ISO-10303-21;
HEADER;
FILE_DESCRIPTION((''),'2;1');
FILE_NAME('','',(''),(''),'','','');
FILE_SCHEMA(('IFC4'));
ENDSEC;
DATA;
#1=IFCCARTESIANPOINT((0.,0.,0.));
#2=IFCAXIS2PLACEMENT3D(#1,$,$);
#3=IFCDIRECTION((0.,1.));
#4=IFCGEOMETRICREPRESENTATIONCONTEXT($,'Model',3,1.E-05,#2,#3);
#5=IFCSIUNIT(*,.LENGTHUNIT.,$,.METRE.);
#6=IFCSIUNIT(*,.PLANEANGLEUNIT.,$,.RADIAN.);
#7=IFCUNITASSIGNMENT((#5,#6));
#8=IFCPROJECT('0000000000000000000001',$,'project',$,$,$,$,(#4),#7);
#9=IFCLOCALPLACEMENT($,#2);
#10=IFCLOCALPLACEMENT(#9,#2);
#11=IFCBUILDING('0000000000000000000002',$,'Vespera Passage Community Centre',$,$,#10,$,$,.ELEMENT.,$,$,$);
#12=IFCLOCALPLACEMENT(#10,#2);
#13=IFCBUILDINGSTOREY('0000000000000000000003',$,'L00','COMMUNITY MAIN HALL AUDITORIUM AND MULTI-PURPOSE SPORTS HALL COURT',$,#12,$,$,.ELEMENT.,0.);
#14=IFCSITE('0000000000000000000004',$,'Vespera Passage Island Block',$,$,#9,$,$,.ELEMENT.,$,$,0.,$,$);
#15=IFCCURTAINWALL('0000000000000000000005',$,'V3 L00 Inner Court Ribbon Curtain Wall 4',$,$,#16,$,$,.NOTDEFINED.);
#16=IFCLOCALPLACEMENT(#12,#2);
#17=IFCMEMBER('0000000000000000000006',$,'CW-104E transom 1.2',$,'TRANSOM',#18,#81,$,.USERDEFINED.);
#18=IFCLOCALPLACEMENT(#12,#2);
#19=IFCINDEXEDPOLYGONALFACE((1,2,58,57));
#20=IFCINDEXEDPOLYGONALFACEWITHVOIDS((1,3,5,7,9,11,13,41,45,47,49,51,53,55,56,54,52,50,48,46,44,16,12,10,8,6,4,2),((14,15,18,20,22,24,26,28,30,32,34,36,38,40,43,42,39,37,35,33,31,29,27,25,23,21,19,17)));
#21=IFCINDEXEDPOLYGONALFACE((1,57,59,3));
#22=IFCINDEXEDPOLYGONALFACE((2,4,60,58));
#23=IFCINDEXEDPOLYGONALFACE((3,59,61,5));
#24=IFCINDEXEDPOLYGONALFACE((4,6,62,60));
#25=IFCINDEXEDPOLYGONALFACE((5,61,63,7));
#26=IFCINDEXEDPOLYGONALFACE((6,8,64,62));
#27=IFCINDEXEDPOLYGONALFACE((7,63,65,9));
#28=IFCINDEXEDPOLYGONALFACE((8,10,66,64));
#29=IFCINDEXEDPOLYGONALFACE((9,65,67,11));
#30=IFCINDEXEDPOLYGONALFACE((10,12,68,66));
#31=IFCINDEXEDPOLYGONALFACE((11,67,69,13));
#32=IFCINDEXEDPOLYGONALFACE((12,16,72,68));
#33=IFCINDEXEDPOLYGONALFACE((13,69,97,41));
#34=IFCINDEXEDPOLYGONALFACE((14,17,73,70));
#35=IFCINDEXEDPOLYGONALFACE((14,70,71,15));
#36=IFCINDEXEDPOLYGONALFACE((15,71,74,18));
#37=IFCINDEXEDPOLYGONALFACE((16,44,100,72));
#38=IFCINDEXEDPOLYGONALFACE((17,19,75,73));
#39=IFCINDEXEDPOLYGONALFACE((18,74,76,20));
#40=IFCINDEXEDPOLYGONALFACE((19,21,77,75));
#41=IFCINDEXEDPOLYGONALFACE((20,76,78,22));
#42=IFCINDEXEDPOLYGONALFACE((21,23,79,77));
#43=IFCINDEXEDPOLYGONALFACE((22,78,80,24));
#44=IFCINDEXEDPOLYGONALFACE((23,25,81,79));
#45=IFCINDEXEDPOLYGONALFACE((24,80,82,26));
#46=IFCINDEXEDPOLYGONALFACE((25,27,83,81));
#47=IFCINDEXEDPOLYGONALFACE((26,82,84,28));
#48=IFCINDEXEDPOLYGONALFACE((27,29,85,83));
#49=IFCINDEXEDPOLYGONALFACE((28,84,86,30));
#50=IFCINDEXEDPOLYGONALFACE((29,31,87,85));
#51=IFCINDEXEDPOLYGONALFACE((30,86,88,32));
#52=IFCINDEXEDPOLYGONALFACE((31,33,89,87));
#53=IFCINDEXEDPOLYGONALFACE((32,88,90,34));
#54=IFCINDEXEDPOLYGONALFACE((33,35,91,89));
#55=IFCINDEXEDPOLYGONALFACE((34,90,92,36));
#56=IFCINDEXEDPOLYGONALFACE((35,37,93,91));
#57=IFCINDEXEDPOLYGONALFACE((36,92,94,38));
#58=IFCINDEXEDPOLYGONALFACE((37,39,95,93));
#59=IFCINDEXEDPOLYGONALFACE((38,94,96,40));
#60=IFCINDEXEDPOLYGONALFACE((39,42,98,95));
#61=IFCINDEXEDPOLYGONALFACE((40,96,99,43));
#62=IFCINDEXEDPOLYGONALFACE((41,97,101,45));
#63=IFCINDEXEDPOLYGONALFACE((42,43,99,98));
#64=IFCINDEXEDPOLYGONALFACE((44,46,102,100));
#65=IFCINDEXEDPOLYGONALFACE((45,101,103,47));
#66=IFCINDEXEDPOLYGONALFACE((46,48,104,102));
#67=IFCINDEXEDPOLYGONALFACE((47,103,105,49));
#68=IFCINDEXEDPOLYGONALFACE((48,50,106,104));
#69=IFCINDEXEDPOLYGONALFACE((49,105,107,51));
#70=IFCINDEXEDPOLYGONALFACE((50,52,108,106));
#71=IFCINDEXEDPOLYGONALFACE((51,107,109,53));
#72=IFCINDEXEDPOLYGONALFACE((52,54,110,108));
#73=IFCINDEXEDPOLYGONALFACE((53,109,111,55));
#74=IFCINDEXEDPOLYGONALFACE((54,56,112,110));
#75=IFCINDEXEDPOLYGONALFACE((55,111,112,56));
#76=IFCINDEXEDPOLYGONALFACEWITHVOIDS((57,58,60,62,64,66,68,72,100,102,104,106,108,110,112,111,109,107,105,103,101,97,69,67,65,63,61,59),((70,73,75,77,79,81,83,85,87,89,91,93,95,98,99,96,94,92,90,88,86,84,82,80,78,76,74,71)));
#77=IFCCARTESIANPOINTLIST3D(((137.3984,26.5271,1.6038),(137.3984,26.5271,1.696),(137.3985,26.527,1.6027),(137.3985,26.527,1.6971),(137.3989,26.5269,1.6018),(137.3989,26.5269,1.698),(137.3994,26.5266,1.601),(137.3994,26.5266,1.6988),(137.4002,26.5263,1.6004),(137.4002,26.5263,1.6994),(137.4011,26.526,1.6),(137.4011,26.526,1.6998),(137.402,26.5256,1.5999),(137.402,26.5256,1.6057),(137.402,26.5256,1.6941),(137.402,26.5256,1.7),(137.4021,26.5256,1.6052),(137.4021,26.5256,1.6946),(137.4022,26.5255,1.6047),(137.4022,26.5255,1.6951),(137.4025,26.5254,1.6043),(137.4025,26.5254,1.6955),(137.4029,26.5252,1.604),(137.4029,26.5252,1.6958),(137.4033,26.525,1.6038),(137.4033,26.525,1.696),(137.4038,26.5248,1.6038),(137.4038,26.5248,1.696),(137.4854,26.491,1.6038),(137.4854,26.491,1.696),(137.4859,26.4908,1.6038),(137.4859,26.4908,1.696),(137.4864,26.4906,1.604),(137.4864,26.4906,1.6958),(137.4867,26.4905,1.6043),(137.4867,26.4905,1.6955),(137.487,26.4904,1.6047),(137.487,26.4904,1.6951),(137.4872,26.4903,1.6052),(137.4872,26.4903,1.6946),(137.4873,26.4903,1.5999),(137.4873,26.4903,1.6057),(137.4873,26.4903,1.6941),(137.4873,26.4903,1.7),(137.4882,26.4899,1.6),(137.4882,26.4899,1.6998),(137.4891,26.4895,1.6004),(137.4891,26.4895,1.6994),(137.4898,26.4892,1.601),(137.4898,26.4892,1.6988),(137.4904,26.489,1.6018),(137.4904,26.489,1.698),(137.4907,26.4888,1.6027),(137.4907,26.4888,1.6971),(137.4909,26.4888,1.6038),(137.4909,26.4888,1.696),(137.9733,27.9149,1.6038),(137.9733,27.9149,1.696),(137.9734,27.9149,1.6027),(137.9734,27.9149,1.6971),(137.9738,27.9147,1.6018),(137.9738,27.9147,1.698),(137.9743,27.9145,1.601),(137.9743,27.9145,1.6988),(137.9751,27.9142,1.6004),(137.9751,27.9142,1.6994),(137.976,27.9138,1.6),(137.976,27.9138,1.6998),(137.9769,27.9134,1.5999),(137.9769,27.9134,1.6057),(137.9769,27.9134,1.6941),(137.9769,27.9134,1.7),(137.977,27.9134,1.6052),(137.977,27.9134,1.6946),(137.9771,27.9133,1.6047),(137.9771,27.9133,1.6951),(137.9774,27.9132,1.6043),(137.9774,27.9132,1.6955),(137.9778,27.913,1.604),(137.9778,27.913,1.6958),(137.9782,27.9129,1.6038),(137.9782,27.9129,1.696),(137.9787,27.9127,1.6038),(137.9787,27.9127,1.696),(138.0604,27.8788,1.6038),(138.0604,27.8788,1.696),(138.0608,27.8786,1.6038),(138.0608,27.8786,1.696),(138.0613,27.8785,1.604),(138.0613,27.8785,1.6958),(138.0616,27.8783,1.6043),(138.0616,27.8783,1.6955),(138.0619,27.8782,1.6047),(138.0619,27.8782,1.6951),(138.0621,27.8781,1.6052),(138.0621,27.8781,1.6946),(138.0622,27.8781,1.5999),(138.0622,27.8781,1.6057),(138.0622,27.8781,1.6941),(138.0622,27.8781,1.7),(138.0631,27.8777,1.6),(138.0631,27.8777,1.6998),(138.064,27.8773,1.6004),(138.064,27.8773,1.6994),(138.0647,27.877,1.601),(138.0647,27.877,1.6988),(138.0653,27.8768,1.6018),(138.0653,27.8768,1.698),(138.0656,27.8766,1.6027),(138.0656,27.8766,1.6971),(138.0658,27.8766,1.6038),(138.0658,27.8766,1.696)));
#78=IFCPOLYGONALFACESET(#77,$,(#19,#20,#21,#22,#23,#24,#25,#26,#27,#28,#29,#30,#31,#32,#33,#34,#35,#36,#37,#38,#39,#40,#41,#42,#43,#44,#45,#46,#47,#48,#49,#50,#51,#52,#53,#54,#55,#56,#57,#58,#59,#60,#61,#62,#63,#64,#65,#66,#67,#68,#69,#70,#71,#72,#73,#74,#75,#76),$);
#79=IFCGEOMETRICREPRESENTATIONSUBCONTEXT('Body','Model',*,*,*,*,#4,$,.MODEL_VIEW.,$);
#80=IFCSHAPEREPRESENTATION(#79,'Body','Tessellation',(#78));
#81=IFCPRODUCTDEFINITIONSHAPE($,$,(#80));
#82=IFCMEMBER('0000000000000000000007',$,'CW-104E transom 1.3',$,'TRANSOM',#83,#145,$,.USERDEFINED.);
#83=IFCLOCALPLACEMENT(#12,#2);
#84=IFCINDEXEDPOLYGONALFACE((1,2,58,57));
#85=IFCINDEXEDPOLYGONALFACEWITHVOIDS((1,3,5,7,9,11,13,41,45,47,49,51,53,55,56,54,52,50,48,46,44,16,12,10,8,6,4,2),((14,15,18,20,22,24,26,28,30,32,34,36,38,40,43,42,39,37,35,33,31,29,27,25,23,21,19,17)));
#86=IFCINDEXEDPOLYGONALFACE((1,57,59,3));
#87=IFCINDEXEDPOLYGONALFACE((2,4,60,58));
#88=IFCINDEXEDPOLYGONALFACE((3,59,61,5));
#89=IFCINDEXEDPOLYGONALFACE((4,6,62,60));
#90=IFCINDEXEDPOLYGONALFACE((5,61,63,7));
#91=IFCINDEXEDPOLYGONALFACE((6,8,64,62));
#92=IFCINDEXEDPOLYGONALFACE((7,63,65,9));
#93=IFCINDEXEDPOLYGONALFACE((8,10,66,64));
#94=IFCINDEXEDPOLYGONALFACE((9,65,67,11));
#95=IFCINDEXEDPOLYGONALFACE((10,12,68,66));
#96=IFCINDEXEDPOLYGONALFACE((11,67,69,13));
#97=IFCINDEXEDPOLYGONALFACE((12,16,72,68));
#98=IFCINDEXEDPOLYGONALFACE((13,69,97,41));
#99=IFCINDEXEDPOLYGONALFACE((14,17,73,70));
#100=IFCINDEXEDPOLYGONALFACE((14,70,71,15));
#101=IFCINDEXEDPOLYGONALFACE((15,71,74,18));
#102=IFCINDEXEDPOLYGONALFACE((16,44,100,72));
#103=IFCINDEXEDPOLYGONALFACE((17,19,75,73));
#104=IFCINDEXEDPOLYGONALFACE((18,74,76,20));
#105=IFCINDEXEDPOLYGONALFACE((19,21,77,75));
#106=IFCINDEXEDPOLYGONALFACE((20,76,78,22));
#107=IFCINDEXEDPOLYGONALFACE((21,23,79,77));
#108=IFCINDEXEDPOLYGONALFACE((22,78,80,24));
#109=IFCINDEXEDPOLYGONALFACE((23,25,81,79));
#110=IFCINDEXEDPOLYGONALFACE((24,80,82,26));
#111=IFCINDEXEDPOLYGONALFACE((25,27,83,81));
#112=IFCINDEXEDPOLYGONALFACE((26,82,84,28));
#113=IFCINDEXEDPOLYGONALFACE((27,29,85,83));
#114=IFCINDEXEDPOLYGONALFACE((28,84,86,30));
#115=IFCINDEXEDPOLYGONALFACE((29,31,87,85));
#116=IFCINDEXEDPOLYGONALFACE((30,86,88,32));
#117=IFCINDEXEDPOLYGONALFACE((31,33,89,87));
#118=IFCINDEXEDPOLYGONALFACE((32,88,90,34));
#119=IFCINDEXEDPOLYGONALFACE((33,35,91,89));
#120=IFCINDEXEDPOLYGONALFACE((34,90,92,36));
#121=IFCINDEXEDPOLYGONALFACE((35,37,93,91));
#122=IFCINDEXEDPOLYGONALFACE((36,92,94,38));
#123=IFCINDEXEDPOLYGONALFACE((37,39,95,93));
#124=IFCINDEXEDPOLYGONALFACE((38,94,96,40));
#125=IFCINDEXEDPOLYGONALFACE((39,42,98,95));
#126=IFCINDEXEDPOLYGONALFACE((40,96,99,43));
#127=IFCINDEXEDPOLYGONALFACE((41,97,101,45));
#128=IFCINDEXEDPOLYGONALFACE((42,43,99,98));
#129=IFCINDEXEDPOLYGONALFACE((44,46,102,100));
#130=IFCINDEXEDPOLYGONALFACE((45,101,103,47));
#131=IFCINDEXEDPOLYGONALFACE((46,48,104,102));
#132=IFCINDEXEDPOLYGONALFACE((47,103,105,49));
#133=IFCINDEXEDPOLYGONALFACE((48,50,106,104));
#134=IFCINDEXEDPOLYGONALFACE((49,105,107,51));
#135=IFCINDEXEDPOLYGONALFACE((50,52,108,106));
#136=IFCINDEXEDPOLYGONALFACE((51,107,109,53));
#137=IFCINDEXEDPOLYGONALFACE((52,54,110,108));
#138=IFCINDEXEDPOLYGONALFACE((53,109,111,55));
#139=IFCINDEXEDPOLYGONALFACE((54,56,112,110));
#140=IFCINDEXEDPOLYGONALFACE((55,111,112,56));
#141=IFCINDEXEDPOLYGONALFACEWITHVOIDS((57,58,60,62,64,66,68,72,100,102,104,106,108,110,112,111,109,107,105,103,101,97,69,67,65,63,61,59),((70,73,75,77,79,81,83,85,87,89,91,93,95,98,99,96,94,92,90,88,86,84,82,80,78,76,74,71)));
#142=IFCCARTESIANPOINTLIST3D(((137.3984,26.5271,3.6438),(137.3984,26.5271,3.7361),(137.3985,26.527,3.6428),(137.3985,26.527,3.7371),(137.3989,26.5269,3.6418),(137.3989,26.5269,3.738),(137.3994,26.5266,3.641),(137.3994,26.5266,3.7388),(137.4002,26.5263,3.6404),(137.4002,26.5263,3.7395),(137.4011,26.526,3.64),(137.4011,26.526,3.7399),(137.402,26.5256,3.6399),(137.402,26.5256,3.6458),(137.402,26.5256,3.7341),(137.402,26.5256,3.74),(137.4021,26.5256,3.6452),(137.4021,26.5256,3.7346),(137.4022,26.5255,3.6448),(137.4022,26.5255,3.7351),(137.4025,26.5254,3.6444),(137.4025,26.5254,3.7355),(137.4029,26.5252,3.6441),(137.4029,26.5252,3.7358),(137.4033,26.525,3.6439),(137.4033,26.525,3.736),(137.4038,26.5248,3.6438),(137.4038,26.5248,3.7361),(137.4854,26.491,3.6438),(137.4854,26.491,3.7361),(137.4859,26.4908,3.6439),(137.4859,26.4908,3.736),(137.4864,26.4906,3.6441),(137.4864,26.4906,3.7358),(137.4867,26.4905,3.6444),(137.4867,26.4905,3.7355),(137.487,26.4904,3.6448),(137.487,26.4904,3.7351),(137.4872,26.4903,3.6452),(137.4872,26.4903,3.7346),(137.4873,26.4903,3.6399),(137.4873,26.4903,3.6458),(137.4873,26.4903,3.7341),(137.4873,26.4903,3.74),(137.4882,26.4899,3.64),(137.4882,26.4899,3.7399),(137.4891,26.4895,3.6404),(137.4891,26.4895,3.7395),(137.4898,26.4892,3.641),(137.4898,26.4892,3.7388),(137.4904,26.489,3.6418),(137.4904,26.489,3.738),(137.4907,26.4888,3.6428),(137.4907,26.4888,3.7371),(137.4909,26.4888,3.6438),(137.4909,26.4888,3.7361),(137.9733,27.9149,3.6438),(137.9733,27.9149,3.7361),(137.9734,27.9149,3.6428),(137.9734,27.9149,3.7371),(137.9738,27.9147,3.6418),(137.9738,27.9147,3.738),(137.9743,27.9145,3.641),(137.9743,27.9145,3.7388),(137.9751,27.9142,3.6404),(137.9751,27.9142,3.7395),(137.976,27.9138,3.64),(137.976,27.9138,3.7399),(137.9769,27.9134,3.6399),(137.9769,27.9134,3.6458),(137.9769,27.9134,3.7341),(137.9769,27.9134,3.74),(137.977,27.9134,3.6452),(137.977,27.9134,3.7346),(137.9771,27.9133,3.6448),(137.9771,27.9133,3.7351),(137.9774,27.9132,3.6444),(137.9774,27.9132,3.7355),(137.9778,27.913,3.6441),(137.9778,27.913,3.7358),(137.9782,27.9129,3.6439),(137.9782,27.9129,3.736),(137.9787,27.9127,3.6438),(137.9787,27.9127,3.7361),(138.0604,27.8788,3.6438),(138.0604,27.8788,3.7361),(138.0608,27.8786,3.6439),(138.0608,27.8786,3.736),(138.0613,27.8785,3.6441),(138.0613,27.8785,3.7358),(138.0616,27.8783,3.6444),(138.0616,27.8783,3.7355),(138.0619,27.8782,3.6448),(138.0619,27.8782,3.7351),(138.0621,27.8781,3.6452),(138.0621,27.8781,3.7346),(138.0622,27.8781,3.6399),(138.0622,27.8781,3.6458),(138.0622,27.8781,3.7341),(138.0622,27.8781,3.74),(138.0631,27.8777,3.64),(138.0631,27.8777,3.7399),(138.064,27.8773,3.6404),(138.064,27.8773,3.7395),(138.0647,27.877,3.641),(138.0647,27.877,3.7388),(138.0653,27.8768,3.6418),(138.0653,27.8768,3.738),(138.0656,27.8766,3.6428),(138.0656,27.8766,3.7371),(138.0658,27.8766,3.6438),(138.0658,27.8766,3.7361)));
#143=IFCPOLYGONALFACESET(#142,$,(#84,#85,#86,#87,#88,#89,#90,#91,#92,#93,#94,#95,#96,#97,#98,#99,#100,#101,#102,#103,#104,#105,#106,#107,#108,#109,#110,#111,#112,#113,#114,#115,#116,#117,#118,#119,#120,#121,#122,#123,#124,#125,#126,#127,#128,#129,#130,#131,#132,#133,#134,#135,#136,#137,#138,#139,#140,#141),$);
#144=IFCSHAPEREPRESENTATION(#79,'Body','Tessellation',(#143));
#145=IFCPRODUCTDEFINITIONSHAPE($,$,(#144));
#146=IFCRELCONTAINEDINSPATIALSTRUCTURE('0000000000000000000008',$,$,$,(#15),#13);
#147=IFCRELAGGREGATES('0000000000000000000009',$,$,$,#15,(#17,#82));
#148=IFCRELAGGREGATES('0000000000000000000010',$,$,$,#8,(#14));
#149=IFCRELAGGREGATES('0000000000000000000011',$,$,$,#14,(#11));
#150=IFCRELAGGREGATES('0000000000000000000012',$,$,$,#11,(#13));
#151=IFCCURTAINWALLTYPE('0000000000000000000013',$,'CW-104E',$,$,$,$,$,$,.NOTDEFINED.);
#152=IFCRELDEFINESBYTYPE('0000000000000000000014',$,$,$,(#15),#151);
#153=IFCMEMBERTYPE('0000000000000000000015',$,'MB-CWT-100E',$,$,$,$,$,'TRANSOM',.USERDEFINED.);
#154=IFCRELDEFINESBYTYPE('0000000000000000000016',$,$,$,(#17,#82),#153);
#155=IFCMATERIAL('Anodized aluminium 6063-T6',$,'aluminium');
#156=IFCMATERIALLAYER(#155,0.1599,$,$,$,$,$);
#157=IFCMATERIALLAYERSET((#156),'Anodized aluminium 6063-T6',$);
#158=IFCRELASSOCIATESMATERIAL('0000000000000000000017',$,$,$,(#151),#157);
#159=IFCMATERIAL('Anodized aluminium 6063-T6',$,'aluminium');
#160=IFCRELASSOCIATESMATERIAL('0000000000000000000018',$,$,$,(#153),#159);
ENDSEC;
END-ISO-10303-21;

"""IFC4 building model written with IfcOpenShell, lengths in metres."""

from ifc_helpers import new_model, si_unit, direction, frame, origin, origin_2d, place, context, subcontext, project, spatial, hollow_rectangle, extrude, material, layer, layer_set, material_profile, profile_set, type_object, element, aggregate, save


model = new_model("IFC4")

# Units and contexts
model_context = context("Model", 3, precision=1e-05, world=origin(), true_north=direction((0.0, 1.0)))
body_context = subcontext(model_context, "Body", "Model", "MODEL_VIEW")
ifc_project = project(units=[si_unit("LENGTHUNIT", "METRE"), si_unit("PLANEANGLEUNIT", "RADIAN")], contexts=[model_context])

# Site, building, storey
site_placement = place(None, origin())
site = spatial("IfcSite", under=ifc_project, at=site_placement, Name="Vespera Passage Island Block", CompositionType="ELEMENT", RefElevation=0.0)
building_placement = place(site_placement, origin())
building = spatial("IfcBuilding", under=site, at=building_placement, Name="Vespera Passage Community Centre", CompositionType="ELEMENT")
storey_placement = place(building_placement, origin())
storey = spatial("IfcBuildingStorey", under=building, at=storey_placement, Name="L00", Description="COMMUNITY MAIN HALL AUDITORIUM AND MULTI-PURPOSE SPORTS HALL COURT", CompositionType="ELEMENT", Elevation=0.0)

# Shared definitions
ifc_material_1 = material(Name="Anodized aluminium 6063-T6", Category="aluminium")
ifc_layer_1 = layer(ifc_material_1, 0.1599)
ifc_layer_set_1 = layer_set([ifc_layer_1], Name="Anodized aluminium 6063-T6")
curtain_wall_type = type_object("IfcCurtainWallType", Name="CW-104E", PredefinedType="NOTDEFINED", material=ifc_layer_set_1)

# Curtain wall
curtain_wall_1_placement = place(storey_placement, origin())
curtain_wall_1 = element("IfcCurtainWall", 1, at=curtain_wall_1_placement, inside=storey, type_object=curtain_wall_type, Name="V3 L00 Inner Court Ribbon Curtain Wall 4", PredefinedType="NOTDEFINED")

# Members
ifc_material_2 = material(Name="Anodized aluminium 6063-T6", Category="aluminium")
ifc_material_profile_1 = material_profile(ifc_material_2, hollow_rectangle(XDim=0.1001, YDim=0.1001, WallThickness=0.0039, InnerFilletRadius=0.002, OuterFilletRadius=0.0039, at=origin_2d()), Name="ALU100X100X4")
ifc_profile_set_1 = profile_set([ifc_material_profile_1], Name="Anodized aluminium 6063-T6")
member_type_1 = type_object("IfcMemberType", Name="MB-CWT-100E", ElementType="TRANSOM", PredefinedType="USERDEFINED", material=ifc_profile_set_1)
member_1_placement = place(storey_placement, frame((138.0195, 27.8958, 1.6499), z_axis=(-0.382711, -0.923868, 0.0), x_axis=(0.923868, -0.382711, 0.0)))
member_1 = element("IfcMember", 2, at=member_1_placement, type_object=member_type_1, Name="CW-104E transom 1.2", ObjectType="TRANSOM", PredefinedType="USERDEFINED", context=body_context, shape_type="SweptSolid", body=[
    extrude(hollow_rectangle(XDim=0.1001, YDim=0.1001, WallThickness=0.0039, InnerFilletRadius=0.002, OuterFilletRadius=0.0039, at=origin_2d()), origin(), (0.0, 0.0, 1.0), 1.5022),
])
member_2_placement = place(storey_placement, frame((138.0195, 27.8958, 3.6899), z_axis=(-0.382711, -0.923868, 0.0), x_axis=(0.923868, -0.382711, 0.0)))
member_2 = element("IfcMember", 3, at=member_2_placement, type_object=member_type_1, Name="CW-104E transom 1.3", ObjectType="TRANSOM", PredefinedType="USERDEFINED", context=body_context, shape_type="SweptSolid", body=[
    extrude(hollow_rectangle(XDim=0.1001, YDim=0.1001, WallThickness=0.0039, InnerFilletRadius=0.002, OuterFilletRadius=0.0039, at=origin_2d()), origin(), (0.0, 0.0, 1.0), 1.5022),
])

aggregate(curtain_wall_1, [member_1, member_2])

save(model, "model.ifc")
